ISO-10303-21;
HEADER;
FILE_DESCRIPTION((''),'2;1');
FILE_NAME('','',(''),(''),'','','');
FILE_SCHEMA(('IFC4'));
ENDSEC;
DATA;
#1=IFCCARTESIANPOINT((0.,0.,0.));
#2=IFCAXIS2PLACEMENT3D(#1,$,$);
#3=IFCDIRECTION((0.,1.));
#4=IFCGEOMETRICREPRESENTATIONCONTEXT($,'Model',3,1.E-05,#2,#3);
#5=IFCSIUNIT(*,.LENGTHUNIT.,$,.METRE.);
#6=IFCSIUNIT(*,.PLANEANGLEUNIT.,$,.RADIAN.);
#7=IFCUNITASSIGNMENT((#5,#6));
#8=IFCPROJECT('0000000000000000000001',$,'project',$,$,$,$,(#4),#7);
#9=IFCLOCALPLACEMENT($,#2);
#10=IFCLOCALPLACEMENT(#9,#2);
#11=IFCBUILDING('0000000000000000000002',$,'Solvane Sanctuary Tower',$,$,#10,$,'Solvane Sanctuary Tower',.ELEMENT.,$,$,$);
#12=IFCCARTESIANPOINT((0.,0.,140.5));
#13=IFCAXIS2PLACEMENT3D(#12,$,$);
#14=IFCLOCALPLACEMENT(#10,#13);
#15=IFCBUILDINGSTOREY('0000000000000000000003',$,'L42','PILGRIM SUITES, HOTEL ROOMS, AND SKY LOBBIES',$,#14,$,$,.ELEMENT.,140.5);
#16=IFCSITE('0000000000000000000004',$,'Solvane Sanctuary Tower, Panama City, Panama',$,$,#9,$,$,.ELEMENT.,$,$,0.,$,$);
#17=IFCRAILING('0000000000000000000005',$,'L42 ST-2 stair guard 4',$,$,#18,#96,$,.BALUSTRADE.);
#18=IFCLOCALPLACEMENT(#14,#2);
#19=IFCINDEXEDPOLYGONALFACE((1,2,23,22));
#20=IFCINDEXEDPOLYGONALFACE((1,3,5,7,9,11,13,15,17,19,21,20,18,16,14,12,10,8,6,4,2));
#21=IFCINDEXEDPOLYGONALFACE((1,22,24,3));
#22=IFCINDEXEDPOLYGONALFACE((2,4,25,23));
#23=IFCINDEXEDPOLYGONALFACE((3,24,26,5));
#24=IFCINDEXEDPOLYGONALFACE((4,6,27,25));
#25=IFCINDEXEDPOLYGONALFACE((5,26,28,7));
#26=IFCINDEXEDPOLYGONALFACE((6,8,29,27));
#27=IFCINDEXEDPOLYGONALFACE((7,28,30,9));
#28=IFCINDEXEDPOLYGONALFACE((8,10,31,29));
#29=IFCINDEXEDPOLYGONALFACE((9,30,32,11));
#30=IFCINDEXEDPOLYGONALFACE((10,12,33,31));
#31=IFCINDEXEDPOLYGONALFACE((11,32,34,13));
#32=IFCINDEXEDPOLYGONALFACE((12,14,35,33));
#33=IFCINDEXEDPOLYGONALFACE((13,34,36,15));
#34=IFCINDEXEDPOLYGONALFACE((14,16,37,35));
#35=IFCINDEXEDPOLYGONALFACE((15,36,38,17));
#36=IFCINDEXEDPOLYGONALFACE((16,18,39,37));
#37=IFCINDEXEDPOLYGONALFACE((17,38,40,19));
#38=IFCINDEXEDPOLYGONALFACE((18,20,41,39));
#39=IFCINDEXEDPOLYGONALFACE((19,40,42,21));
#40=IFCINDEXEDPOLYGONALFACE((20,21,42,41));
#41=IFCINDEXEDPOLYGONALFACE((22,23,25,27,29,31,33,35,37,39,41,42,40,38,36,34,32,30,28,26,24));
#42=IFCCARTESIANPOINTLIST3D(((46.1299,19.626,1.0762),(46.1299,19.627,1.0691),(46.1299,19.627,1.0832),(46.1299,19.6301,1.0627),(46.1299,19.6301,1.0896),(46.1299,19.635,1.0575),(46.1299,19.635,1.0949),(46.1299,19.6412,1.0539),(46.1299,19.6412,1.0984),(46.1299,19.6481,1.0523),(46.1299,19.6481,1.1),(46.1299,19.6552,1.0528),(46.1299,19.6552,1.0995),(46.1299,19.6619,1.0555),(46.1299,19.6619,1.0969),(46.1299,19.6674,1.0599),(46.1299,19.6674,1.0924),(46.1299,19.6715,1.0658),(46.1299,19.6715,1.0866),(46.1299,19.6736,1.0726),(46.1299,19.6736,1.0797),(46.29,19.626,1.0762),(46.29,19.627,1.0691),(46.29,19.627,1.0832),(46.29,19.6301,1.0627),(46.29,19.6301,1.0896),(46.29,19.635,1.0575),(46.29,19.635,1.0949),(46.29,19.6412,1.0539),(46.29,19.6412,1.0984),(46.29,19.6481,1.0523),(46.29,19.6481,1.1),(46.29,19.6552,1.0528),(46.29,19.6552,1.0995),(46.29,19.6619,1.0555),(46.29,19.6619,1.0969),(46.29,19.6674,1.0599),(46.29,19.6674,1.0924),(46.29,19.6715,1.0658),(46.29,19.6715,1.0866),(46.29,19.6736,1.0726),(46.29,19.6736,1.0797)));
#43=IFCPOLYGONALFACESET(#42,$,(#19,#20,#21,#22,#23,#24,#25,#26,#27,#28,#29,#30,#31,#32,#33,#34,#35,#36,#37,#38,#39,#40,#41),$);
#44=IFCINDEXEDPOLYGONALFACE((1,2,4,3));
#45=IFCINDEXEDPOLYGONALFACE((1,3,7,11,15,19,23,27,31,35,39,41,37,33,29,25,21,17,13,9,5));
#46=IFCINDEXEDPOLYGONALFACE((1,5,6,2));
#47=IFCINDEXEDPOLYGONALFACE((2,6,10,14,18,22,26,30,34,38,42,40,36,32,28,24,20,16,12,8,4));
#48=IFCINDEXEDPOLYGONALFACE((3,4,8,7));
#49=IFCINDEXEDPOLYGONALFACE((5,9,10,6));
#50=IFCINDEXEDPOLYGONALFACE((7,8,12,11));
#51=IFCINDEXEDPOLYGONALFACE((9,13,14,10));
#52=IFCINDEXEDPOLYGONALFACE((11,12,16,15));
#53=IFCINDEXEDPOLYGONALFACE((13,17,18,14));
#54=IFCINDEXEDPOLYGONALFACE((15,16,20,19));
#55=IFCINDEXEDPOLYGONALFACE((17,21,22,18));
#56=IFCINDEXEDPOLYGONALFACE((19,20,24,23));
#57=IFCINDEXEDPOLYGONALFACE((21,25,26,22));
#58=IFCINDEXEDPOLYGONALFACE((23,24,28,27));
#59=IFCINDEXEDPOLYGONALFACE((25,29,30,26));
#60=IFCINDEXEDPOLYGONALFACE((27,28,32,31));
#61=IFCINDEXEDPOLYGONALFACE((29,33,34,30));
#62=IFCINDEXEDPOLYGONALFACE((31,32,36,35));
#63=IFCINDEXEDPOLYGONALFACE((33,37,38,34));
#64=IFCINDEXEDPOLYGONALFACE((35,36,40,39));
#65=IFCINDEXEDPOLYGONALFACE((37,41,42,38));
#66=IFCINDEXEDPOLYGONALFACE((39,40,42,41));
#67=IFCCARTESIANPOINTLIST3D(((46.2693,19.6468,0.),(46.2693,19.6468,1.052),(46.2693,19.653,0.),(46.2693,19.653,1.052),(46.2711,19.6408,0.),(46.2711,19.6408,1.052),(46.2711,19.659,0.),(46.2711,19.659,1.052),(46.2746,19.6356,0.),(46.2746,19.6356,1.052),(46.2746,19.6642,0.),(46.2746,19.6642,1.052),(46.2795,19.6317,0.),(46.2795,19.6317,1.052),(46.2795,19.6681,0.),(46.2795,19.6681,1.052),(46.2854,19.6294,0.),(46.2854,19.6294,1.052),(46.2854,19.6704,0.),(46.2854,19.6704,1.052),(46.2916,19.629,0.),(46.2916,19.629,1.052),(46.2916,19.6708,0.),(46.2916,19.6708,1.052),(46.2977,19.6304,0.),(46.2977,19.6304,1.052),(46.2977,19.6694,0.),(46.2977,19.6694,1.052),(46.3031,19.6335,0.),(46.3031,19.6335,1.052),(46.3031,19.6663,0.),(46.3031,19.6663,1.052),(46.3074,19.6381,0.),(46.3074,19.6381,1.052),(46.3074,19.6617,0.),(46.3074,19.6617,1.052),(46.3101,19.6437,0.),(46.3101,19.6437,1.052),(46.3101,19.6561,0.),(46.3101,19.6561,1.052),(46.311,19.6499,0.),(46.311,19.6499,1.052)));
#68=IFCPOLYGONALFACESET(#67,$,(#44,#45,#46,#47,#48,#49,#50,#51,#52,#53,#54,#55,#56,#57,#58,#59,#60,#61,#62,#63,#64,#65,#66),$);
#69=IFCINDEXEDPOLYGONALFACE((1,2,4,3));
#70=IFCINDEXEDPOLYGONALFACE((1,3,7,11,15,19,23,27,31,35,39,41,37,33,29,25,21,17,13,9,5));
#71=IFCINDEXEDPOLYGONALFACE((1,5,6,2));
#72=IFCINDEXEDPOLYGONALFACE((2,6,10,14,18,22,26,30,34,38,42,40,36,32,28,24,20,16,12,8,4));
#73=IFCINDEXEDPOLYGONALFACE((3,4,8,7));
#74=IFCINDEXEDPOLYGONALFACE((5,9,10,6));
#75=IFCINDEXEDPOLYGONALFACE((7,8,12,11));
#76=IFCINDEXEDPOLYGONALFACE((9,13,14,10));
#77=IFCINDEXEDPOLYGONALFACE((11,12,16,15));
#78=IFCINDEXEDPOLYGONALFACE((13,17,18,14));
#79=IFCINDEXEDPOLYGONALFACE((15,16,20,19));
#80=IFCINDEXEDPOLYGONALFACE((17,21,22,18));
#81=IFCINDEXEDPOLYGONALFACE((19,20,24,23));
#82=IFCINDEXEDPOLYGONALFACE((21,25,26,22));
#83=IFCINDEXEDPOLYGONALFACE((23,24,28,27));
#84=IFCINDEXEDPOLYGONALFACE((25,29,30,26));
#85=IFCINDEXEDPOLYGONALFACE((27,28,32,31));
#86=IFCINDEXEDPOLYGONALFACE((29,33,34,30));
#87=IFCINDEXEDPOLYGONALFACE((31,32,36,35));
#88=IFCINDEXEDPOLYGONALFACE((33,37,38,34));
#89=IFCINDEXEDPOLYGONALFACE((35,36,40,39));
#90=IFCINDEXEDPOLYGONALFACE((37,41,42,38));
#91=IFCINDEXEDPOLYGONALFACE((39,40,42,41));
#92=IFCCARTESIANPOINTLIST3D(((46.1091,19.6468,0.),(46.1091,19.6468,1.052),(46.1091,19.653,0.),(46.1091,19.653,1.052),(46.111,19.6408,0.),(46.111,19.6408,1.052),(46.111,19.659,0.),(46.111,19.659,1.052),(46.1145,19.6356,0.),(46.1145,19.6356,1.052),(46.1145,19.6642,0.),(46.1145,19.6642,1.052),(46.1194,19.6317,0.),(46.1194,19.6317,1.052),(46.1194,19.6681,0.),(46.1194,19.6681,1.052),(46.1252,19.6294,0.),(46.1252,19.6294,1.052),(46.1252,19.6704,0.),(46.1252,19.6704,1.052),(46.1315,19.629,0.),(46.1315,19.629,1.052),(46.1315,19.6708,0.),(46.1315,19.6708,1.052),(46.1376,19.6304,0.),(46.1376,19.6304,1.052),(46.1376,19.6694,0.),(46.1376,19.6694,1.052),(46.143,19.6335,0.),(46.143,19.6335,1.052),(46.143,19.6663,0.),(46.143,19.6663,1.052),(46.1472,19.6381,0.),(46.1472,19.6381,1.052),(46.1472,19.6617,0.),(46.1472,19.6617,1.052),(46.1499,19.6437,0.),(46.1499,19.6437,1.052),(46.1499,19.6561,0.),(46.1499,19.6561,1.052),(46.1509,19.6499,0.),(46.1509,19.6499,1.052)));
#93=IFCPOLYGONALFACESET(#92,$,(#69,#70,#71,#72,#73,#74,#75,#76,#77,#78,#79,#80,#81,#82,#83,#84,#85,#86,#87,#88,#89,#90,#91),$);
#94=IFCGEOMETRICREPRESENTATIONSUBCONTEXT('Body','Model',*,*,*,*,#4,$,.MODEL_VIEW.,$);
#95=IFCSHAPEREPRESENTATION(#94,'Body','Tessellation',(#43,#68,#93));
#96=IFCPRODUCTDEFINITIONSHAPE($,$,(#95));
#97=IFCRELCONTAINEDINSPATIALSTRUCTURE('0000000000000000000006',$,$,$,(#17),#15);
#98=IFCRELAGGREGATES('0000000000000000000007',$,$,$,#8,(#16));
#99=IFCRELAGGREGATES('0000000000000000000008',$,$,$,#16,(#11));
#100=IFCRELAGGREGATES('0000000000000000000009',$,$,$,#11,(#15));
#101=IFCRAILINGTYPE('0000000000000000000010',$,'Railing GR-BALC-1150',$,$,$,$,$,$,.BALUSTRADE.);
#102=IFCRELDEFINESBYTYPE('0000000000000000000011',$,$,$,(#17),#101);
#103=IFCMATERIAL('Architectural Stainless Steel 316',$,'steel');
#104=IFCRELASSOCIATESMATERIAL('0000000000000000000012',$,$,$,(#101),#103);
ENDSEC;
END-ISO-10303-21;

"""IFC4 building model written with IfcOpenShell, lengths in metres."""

from ifc_helpers import new_model, si_unit, direction, frame, origin, origin_2d, place, context, subcontext, project, spatial, circle, extrude, material, type_object, element, save


model = new_model("IFC4")

# Units and contexts
model_context = context("Model", 3, precision=1e-05, world=origin(), true_north=direction((0.0, 1.0)))
body_context = subcontext(model_context, "Body", "Model", "MODEL_VIEW")
ifc_project = project(units=[si_unit("LENGTHUNIT", "METRE"), si_unit("PLANEANGLEUNIT", "RADIAN")], contexts=[model_context])

# Site, building, storey
site_placement = place(None, origin())
site = spatial("IfcSite", under=ifc_project, at=site_placement, Name="Solvane Sanctuary Tower, Panama City, Panama", CompositionType="ELEMENT", RefElevation=0.0)
building_placement = place(site_placement, origin())
building = spatial("IfcBuilding", under=site, at=building_placement, Name="Solvane Sanctuary Tower", LongName="Solvane Sanctuary Tower", CompositionType="ELEMENT")
storey_placement = place(building_placement, frame((0.0, 0.0, 140.5)))
storey = spatial("IfcBuildingStorey", under=building, at=storey_placement, Name="L42", Description="PILGRIM SUITES, HOTEL ROOMS, AND SKY LOBBIES", CompositionType="ELEMENT", Elevation=140.5)

# Shared definitions
ifc_material_1 = material(Name="Architectural Stainless Steel 316", Category="steel")

# Railing
railing_type_1 = type_object("IfcRailingType", Name="Railing GR-BALC-1150", PredefinedType="BALUSTRADE", material=ifc_material_1)
railing_1_placement = place(storey_placement, frame((46.29, 19.6499, 0.0)))
element("IfcRailing", 1, at=railing_1_placement, inside=storey, type_object=railing_type_1, Name="L42 ST-2 stair guard 4", PredefinedType="BALUSTRADE", context=body_context, shape_type="SweptSolid", body=[
    extrude(circle(Radius=0.0239, at=origin_2d()), frame((0.0, 0.0, 1.0762), z_axis=(-1.0, 0.0, 0.0), x_axis=(0.0, -1.0, 0.0)), (0.0, 0.0, 1.0), 0.1602),
    extrude(circle(Radius=0.021, at=origin_2d()), origin(), (0.0, 0.0, 1.0), 1.052),
    extrude(circle(Radius=0.021, at=origin_2d()), frame((-0.1602, 0.0, 0.0)), (0.0, 0.0, 1.0), 1.052),
])

save(model, "model.ifc")
